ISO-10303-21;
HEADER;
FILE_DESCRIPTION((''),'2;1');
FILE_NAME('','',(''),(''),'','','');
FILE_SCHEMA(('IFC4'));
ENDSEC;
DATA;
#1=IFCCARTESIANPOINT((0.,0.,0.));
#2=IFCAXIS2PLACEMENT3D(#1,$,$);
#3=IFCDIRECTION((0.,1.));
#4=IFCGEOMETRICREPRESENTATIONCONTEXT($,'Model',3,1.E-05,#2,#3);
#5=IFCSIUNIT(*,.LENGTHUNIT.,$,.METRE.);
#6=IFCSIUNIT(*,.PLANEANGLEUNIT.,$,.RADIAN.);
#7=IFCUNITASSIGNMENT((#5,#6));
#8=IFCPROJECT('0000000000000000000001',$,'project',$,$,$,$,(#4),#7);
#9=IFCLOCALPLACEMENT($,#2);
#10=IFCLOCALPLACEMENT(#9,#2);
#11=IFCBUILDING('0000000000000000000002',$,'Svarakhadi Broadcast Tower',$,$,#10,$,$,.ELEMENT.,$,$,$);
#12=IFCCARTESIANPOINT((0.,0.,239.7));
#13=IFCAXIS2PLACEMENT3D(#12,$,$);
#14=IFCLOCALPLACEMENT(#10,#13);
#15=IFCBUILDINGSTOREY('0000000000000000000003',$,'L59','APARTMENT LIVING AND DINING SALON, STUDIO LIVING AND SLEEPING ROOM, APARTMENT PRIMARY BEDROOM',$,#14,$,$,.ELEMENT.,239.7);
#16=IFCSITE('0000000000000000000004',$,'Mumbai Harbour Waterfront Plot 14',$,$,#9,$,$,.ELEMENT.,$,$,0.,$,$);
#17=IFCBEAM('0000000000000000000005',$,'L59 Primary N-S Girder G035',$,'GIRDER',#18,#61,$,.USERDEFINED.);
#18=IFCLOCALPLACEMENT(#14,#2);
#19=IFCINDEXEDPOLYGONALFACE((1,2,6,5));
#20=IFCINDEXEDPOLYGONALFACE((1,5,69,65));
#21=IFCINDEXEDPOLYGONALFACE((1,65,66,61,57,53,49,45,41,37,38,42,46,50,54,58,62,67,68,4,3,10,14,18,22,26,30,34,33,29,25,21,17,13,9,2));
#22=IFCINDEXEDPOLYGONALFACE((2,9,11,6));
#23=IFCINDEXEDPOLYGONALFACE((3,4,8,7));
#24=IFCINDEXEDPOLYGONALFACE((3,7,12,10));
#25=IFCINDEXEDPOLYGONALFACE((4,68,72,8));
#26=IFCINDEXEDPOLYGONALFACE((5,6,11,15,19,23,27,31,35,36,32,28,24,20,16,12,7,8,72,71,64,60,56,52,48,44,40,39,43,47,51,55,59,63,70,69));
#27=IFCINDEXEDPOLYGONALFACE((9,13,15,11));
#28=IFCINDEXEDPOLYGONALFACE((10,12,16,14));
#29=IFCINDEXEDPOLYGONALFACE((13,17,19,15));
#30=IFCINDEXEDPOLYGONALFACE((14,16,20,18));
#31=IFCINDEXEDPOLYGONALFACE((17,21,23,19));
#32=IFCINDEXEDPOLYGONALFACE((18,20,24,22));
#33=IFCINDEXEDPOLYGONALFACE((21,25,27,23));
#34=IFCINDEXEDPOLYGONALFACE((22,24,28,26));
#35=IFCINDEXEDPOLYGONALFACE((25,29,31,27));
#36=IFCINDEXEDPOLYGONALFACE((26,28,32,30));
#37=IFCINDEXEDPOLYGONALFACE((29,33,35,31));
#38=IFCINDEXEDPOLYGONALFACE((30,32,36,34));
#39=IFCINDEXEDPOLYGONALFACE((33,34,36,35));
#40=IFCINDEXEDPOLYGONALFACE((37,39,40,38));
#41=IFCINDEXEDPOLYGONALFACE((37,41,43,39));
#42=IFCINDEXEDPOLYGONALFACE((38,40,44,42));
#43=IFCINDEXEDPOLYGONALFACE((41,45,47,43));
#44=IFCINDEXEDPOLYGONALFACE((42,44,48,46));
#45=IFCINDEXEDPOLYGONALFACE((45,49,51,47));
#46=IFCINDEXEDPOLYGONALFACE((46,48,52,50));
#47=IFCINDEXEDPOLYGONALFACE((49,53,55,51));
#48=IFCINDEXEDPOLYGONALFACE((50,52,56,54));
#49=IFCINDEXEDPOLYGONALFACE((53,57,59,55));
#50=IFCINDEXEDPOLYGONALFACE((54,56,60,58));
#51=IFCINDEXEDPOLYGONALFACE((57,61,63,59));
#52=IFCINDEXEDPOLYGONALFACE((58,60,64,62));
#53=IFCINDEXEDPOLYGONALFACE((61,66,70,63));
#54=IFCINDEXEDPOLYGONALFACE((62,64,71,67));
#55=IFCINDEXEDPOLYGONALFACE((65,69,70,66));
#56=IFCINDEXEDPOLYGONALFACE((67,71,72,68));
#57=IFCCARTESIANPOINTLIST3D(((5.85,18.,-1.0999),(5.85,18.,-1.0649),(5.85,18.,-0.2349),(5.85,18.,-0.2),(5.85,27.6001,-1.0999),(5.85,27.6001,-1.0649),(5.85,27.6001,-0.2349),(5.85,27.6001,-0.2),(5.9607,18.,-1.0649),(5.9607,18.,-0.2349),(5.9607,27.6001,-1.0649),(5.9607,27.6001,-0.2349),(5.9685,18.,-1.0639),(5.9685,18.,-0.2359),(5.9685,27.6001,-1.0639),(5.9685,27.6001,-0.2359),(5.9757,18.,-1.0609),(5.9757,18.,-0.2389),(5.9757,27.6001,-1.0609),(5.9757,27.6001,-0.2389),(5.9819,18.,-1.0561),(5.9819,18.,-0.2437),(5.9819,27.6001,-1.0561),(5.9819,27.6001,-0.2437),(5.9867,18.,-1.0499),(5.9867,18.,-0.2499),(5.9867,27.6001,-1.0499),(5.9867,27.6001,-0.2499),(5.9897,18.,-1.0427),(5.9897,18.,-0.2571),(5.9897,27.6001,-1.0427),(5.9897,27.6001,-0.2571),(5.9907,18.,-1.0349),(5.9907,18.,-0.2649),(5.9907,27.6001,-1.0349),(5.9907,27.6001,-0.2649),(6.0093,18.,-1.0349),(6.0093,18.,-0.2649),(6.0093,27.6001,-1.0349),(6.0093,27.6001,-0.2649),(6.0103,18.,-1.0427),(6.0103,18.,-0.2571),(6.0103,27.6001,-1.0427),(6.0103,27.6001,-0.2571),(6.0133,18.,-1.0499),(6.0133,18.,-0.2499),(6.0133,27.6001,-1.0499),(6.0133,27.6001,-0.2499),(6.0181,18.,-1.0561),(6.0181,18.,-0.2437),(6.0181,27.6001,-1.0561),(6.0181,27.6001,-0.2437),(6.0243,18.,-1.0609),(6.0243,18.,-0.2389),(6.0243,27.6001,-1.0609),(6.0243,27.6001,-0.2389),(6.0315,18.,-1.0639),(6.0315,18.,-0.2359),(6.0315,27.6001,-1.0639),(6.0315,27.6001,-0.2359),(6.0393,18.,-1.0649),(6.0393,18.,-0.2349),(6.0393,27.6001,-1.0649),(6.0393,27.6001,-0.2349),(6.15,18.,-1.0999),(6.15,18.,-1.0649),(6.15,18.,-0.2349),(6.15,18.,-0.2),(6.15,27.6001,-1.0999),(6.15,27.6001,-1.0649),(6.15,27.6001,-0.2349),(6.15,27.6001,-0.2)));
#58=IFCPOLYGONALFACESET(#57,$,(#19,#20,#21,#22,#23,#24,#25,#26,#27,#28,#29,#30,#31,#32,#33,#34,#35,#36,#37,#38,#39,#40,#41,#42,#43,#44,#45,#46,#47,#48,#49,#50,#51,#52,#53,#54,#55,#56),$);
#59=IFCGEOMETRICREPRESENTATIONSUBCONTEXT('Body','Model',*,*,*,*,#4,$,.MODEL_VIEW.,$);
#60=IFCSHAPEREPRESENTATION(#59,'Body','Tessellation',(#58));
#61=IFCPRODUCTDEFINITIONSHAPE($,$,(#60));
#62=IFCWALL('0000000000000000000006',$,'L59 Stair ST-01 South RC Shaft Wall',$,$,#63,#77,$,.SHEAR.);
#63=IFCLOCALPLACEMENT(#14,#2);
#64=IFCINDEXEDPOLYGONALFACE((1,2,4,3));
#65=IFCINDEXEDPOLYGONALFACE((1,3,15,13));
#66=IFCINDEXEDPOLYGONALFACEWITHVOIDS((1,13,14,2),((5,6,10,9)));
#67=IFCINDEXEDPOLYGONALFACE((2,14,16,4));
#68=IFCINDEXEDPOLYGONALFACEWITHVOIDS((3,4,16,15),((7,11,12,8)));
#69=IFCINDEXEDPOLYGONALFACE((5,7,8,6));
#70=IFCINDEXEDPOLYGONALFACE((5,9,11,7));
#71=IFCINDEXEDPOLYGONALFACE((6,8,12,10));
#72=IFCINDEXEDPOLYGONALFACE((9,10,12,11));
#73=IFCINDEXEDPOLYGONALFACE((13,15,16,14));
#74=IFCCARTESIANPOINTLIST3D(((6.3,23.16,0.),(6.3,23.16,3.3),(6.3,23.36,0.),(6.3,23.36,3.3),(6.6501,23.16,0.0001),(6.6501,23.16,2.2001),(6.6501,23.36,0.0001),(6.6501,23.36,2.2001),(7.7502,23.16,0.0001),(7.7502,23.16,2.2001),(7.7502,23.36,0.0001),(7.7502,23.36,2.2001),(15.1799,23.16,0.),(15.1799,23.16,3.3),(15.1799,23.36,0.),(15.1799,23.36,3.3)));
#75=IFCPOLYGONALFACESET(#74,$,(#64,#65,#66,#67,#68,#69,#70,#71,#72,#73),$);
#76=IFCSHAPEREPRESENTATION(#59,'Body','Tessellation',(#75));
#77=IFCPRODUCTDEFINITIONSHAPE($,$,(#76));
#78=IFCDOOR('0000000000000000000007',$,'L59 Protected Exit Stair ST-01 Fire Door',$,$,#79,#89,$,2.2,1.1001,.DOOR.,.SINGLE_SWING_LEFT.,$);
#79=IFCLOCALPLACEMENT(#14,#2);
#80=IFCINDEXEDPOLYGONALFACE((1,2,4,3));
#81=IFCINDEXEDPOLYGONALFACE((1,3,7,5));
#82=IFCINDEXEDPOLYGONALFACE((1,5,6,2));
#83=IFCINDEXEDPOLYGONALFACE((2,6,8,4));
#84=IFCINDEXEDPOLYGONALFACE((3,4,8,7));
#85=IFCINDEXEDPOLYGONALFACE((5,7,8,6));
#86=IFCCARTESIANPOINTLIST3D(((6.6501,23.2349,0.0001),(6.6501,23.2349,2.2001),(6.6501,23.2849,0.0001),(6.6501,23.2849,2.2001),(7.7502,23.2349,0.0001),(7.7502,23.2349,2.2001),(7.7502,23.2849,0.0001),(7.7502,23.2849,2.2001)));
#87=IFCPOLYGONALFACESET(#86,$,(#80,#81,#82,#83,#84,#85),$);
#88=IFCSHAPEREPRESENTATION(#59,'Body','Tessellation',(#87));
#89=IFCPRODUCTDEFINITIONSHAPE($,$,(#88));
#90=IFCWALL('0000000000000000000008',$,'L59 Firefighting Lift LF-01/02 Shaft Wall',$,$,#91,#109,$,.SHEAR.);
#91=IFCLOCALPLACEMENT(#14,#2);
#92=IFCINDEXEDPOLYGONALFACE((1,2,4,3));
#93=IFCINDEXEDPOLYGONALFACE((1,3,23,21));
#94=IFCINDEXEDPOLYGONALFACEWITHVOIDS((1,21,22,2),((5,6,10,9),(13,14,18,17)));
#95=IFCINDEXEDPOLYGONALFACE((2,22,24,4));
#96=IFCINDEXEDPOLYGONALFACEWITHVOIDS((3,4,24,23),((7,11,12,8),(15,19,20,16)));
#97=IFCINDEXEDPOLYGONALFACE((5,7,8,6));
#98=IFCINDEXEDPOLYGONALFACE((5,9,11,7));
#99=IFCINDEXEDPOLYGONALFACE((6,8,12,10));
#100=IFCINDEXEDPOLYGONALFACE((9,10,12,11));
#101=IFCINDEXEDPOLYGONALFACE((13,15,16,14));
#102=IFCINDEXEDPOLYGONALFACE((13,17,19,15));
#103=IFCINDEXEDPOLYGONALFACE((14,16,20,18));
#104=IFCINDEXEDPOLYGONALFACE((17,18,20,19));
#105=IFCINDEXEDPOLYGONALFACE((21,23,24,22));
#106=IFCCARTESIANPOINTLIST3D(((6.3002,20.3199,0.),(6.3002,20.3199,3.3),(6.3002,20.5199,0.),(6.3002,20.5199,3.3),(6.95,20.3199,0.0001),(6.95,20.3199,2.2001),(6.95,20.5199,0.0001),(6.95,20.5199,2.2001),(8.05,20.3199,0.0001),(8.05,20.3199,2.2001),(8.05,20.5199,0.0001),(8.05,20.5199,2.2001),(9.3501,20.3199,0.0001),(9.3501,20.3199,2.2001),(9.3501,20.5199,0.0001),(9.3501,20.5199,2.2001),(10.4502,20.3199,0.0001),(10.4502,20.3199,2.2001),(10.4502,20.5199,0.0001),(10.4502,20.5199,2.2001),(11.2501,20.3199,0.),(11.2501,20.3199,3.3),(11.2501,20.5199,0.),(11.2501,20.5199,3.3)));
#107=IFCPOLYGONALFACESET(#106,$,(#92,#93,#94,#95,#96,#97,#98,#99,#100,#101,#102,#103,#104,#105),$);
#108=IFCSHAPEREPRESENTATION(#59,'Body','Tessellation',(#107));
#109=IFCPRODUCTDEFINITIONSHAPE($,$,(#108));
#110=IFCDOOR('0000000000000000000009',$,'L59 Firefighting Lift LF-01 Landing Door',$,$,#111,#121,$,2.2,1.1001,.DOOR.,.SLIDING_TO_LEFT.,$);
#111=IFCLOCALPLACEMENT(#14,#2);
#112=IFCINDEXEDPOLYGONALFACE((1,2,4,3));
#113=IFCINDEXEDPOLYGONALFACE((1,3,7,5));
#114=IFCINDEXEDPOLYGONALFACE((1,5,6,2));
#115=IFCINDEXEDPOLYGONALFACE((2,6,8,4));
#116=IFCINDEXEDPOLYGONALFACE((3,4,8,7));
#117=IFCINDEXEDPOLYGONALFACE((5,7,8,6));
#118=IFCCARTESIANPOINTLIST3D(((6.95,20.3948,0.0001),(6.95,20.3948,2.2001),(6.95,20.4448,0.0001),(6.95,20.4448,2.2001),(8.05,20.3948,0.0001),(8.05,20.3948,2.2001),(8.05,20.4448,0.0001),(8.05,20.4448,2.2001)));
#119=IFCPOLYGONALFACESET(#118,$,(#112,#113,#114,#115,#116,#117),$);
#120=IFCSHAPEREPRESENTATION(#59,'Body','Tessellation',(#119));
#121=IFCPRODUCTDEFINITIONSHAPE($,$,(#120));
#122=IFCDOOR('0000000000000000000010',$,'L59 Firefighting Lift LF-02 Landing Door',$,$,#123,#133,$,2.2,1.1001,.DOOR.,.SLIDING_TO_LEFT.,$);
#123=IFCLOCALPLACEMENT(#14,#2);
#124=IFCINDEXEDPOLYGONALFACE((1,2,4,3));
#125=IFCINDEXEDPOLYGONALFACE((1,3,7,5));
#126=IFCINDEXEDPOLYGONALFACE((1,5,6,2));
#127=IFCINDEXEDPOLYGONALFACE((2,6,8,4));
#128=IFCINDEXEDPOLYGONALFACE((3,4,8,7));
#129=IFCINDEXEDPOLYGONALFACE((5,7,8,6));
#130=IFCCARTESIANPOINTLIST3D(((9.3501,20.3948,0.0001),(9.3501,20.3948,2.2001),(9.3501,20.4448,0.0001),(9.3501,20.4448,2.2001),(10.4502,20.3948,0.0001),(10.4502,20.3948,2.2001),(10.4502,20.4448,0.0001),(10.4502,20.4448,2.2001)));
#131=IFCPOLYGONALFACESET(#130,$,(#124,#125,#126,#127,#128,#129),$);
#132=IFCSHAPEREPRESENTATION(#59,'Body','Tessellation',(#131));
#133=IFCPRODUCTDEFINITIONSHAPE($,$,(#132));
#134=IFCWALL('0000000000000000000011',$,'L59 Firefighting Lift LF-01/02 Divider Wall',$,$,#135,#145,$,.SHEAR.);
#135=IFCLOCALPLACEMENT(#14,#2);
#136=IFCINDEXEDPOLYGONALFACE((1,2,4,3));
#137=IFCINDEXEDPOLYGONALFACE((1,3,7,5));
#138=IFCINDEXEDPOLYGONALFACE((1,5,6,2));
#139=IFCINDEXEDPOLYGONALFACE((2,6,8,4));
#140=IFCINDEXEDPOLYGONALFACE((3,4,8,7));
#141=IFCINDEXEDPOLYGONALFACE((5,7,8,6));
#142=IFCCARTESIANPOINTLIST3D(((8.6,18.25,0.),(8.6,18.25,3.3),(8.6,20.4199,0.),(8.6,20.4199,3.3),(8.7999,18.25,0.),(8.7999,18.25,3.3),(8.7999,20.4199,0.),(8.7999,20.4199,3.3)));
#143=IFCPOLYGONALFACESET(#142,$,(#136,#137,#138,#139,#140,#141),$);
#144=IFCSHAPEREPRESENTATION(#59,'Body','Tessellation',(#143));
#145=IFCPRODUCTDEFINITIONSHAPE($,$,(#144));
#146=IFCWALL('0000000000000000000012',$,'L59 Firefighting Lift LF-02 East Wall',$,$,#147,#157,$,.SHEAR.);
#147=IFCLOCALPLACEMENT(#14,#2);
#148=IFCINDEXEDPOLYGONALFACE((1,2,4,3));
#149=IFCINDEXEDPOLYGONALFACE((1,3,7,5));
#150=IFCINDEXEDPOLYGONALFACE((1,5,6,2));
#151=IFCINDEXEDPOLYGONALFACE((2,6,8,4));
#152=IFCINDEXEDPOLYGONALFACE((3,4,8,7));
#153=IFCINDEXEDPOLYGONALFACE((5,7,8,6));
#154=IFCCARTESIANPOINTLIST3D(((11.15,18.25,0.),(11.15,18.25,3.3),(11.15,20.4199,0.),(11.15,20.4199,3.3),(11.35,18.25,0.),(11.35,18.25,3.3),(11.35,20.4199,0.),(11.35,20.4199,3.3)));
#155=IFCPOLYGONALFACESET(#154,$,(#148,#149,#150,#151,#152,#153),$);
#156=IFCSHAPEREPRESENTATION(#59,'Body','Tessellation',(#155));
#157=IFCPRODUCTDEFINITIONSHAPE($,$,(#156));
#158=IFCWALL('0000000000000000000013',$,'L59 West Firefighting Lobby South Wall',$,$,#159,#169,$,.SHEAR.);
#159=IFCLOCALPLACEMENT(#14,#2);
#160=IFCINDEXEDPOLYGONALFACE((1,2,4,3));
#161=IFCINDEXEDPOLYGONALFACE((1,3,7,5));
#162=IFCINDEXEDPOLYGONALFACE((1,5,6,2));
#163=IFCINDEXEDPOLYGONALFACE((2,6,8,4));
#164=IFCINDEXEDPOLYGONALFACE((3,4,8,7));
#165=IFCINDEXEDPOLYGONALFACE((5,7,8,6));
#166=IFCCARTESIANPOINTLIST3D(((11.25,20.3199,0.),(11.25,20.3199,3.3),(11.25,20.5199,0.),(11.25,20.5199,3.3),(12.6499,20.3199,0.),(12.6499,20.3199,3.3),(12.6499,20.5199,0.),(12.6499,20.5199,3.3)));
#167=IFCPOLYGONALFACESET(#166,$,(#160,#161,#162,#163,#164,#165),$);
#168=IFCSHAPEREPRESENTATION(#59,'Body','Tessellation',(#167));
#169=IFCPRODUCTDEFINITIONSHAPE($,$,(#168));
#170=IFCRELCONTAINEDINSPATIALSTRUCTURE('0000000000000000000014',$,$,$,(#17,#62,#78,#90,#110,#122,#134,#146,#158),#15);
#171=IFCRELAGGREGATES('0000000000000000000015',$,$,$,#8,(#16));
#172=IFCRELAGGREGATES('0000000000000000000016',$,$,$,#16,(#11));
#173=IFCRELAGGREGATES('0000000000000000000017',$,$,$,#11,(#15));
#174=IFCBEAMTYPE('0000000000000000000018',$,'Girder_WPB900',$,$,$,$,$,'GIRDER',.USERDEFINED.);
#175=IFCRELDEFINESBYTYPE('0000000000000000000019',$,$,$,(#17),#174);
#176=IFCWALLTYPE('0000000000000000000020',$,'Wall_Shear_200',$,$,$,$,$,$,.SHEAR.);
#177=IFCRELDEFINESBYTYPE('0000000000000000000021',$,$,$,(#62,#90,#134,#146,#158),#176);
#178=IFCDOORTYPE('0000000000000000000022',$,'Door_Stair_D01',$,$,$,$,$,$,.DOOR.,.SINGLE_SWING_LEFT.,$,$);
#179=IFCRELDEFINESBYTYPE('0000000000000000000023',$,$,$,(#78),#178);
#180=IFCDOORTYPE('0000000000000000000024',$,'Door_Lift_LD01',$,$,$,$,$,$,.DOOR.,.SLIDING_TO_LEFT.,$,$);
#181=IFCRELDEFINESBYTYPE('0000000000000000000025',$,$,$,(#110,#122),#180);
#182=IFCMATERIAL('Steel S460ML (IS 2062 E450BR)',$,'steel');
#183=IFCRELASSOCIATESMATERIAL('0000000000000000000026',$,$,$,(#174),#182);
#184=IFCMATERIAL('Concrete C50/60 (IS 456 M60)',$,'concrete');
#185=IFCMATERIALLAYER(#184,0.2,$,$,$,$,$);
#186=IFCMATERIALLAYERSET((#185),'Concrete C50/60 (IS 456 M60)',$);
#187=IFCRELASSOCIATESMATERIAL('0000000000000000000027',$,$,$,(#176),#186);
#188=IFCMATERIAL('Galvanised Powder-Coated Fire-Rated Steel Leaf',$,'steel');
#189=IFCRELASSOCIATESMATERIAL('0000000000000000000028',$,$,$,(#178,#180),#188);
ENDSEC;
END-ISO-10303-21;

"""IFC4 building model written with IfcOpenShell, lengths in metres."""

from ifc_helpers import new_model, si_unit, direction, frame, frame_2d, origin, origin_2d, place, context, subcontext, project, spatial, rectangle, i_section, extrude, material, layer, layer_set, material_profile, profile_set, type_object, element, fill, save


model = new_model("IFC4")

# Units and contexts
model_context = context("Model", 3, precision=1e-05, world=origin(), true_north=direction((0.0, 1.0)))
body_context = subcontext(model_context, "Body", "Model", "MODEL_VIEW")
ifc_project = project(units=[si_unit("LENGTHUNIT", "METRE"), si_unit("PLANEANGLEUNIT", "RADIAN")], contexts=[model_context])

# Site, building, storey
site_placement = place(None, origin())
site = spatial("IfcSite", under=ifc_project, at=site_placement, Name="Mumbai Harbour Waterfront Plot 14", CompositionType="ELEMENT", RefElevation=0.0)
building_placement = place(site_placement, origin())
building = spatial("IfcBuilding", under=site, at=building_placement, Name="Svarakhadi Broadcast Tower", CompositionType="ELEMENT")
storey_placement = place(building_placement, frame((0.0, 0.0, 239.7)))
storey = spatial("IfcBuildingStorey", under=building, at=storey_placement, Name="L59", Description="APARTMENT LIVING AND DINING SALON, STUDIO LIVING AND SLEEPING ROOM, APARTMENT PRIMARY BEDROOM", CompositionType="ELEMENT", Elevation=239.7)

# Shared definitions
ifc_material_1 = material(Name="Concrete C50/60 (IS 456 M60)", Category="concrete")
ifc_material_2 = material(Name="Steel S460ML (IS 2062 E450BR)", Category="steel")

# Beam
ifc_material_profile_1 = material_profile(ifc_material_2, i_section(OverallWidth=0.3, OverallDepth=0.8999, WebThickness=0.0186, FlangeThickness=0.0349, FilletRadius=0.03, at=origin_2d()), Name="WPB 900x300x291")
ifc_profile_set_1 = profile_set([ifc_material_profile_1], Name="Steel S460ML (IS 2062 E450BR)")
beam_type_1 = type_object("IfcBeamType", Name="Girder_WPB900", ElementType="GIRDER", PredefinedType="USERDEFINED", material=ifc_profile_set_1)
beam_1_placement = place(storey_placement, frame((6.0, 18.0, -0.6499), z_axis=(0.0, 1.0, 0.0), x_axis=(-1.0, 0.0, 0.0)))
element("IfcBeam", 1, at=beam_1_placement, inside=storey, type_object=beam_type_1, Name="L59 Primary N-S Girder G035", ObjectType="GIRDER", PredefinedType="USERDEFINED", context=body_context, shape_type="SweptSolid", body=[
    extrude(i_section(OverallWidth=0.3, OverallDepth=0.8999, WebThickness=0.0186, FlangeThickness=0.0349, FilletRadius=0.03, at=origin_2d()), origin(), (0.0, 0.0, 1.0), 9.6001),
])

# Wall, opening, door
ifc_layer_1 = layer(ifc_material_1, 0.2)
ifc_layer_set_1 = layer_set([ifc_layer_1], Name="Concrete C50/60 (IS 456 M60)")
wall_type_1 = type_object("IfcWallType", Name="Wall_Shear_200", PredefinedType="SHEAR", material=ifc_layer_set_1)
wall_1_placement = place(storey_placement, frame((6.3, 23.26, 0.0), z_axis=(0.0, 0.0, 1.0), x_axis=(1.0, 0.0, 0.0)))
wall_1 = element("IfcWall", 2, at=wall_1_placement, inside=storey, type_object=wall_type_1, Name="L59 Stair ST-01 South RC Shaft Wall", PredefinedType="SHEAR", context=body_context, shape_type="SweptSolid", body=[
    extrude(rectangle(XDim=8.8799, YDim=0.2, at=frame_2d((4.4399, 0.0))), origin(), (0.0, 0.0, 1.0), 3.3),
])
opening_1_placement = place(wall_1_placement, frame((0.3501, 0.0, 0.0)))
opening_1 = element("IfcOpeningElement", 3, at=opening_1_placement, cuts=wall_1, PredefinedType="OPENING", context=body_context, shape_type="SweptSolid", body=[
    extrude(rectangle(XDim=1.1001, YDim=2.2, at=frame_2d((0.55, 1.1001))), frame((0.0, 0.1099, 0.0), z_axis=(0.0, -1.0, 0.0), x_axis=(1.0, 0.0, 0.0)), (0.0, 0.0, 1.0), 0.22),
])
ifc_material_3 = material(Name="Galvanised Powder-Coated Fire-Rated Steel Leaf", Category="steel")
door_type_1 = type_object("IfcDoorType", Name="Door_Stair_D01", OperationType="SINGLE_SWING_LEFT", PredefinedType="DOOR", material=ifc_material_3)
door_1_placement = place(opening_1_placement, origin())
door_1 = element("IfcDoor", 4, at=door_1_placement, inside=storey, type_object=door_type_1, Name="L59 Protected Exit Stair ST-01 Fire Door", OperationType="SINGLE_SWING_LEFT", OverallHeight=2.2, OverallWidth=1.1001, PredefinedType="DOOR", context=body_context, shape_type="SweptSolid", body=[
    extrude(rectangle(XDim=1.1001, YDim=2.2, at=frame_2d((0.55, 1.1001))), frame((0.0, 0.0249, 0.0), z_axis=(0.0, -1.0, 0.0), x_axis=(1.0, 0.0, 0.0)), (0.0, 0.0, 1.0), 0.05),
])
fill(opening_1, door_1)

# Wall, openings, doors
wall_2_placement = place(storey_placement, frame((6.3, 20.4199, 0.0), z_axis=(0.0, 0.0, 1.0), x_axis=(1.0, 0.0, 0.0)))
wall_2 = element("IfcWall", 5, at=wall_2_placement, inside=storey, type_object=wall_type_1, Name="L59 Firefighting Lift LF-01/02 Shaft Wall", PredefinedType="SHEAR", context=body_context, shape_type="SweptSolid", body=[
    extrude(rectangle(XDim=4.95, YDim=0.2, at=frame_2d((2.4751, 0.0))), origin(), (0.0, 0.0, 1.0), 3.3),
])
opening_2_placement = place(wall_2_placement, frame((0.6499, 0.0, 0.0)))
opening_2 = element("IfcOpeningElement", 6, at=opening_2_placement, cuts=wall_2, PredefinedType="OPENING", context=body_context, shape_type="SweptSolid", body=[
    extrude(rectangle(XDim=1.1001, YDim=2.2, at=frame_2d((0.55, 1.1001))), frame((0.0, 0.1099, 0.0), z_axis=(0.0, -1.0, 0.0), x_axis=(1.0, 0.0, 0.0)), (0.0, 0.0, 1.0), 0.22),
])
opening_3_placement = place(wall_2_placement, frame((3.05, 0.0, 0.0)))
opening_3 = element("IfcOpeningElement", 7, at=opening_3_placement, cuts=wall_2, PredefinedType="OPENING", context=body_context, shape_type="SweptSolid", body=[
    extrude(rectangle(XDim=1.1001, YDim=2.2, at=frame_2d((0.55, 1.1001))), frame((0.0, 0.1099, 0.0), z_axis=(0.0, -1.0, 0.0), x_axis=(1.0, 0.0, 0.0)), (0.0, 0.0, 1.0), 0.22),
])
door_type_2 = type_object("IfcDoorType", Name="Door_Lift_LD01", OperationType="SLIDING_TO_LEFT", PredefinedType="DOOR", material=ifc_material_3)
door_2_placement = place(opening_2_placement, origin())
door_2 = element("IfcDoor", 8, at=door_2_placement, inside=storey, type_object=door_type_2, Name="L59 Firefighting Lift LF-01 Landing Door", OperationType="SLIDING_TO_LEFT", OverallHeight=2.2, OverallWidth=1.1001, PredefinedType="DOOR", context=body_context, shape_type="SweptSolid", body=[
    extrude(rectangle(XDim=1.1001, YDim=2.2, at=frame_2d((0.55, 1.1001))), frame((0.0, 0.0249, 0.0), z_axis=(0.0, -1.0, 0.0), x_axis=(1.0, 0.0, 0.0)), (0.0, 0.0, 1.0), 0.05),
])
fill(opening_2, door_2)
door_3_placement = place(opening_3_placement, origin())
door_3 = element("IfcDoor", 9, at=door_3_placement, inside=storey, type_object=door_type_2, Name="L59 Firefighting Lift LF-02 Landing Door", OperationType="SLIDING_TO_LEFT", OverallHeight=2.2, OverallWidth=1.1001, PredefinedType="DOOR", context=body_context, shape_type="SweptSolid", body=[
    extrude(rectangle(XDim=1.1001, YDim=2.2, at=frame_2d((0.55, 1.1001))), frame((0.0, 0.0249, 0.0), z_axis=(0.0, -1.0, 0.0), x_axis=(1.0, 0.0, 0.0)), (0.0, 0.0, 1.0), 0.05),
])
fill(opening_3, door_3)

# Walls
for number, where, z_axis, x_axis, name in (
    (10, (8.7, 18.25, 0.0), (0.0, 0.0, 1.0), (0.0, 1.0, 0.0), "L59 Firefighting Lift LF-01/02 Divider Wall"),
    (11, (11.25, 18.25, 0.0), (0.0, 0.0, 1.0), (0.0, 1.0, 0.0), "L59 Firefighting Lift LF-02 East Wall"),
):
    element("IfcWall", number, at=place(storey_placement, frame(where, z_axis=z_axis, x_axis=x_axis)), inside=storey, type_object=wall_type_1, Name=name, PredefinedType="SHEAR", context=body_context, shape_type="SweptSolid", body=[
        extrude(rectangle(XDim=2.1699, YDim=0.2, at=frame_2d((1.085, 0.0))), origin(), (0.0, 0.0, 1.0), 3.3),
    ])
wall_3_placement = place(storey_placement, frame((11.25, 20.4199, 0.0), z_axis=(0.0, 0.0, 1.0), x_axis=(1.0, 0.0, 0.0)))
element("IfcWall", 12, at=wall_3_placement, inside=storey, type_object=wall_type_1, Name="L59 West Firefighting Lobby South Wall", PredefinedType="SHEAR", context=body_context, shape_type="SweptSolid", body=[
    extrude(rectangle(XDim=1.3999, YDim=0.2, at=frame_2d((0.7, 0.0))), origin(), (0.0, 0.0, 1.0), 3.3),
])

save(model, "model.ifc")
